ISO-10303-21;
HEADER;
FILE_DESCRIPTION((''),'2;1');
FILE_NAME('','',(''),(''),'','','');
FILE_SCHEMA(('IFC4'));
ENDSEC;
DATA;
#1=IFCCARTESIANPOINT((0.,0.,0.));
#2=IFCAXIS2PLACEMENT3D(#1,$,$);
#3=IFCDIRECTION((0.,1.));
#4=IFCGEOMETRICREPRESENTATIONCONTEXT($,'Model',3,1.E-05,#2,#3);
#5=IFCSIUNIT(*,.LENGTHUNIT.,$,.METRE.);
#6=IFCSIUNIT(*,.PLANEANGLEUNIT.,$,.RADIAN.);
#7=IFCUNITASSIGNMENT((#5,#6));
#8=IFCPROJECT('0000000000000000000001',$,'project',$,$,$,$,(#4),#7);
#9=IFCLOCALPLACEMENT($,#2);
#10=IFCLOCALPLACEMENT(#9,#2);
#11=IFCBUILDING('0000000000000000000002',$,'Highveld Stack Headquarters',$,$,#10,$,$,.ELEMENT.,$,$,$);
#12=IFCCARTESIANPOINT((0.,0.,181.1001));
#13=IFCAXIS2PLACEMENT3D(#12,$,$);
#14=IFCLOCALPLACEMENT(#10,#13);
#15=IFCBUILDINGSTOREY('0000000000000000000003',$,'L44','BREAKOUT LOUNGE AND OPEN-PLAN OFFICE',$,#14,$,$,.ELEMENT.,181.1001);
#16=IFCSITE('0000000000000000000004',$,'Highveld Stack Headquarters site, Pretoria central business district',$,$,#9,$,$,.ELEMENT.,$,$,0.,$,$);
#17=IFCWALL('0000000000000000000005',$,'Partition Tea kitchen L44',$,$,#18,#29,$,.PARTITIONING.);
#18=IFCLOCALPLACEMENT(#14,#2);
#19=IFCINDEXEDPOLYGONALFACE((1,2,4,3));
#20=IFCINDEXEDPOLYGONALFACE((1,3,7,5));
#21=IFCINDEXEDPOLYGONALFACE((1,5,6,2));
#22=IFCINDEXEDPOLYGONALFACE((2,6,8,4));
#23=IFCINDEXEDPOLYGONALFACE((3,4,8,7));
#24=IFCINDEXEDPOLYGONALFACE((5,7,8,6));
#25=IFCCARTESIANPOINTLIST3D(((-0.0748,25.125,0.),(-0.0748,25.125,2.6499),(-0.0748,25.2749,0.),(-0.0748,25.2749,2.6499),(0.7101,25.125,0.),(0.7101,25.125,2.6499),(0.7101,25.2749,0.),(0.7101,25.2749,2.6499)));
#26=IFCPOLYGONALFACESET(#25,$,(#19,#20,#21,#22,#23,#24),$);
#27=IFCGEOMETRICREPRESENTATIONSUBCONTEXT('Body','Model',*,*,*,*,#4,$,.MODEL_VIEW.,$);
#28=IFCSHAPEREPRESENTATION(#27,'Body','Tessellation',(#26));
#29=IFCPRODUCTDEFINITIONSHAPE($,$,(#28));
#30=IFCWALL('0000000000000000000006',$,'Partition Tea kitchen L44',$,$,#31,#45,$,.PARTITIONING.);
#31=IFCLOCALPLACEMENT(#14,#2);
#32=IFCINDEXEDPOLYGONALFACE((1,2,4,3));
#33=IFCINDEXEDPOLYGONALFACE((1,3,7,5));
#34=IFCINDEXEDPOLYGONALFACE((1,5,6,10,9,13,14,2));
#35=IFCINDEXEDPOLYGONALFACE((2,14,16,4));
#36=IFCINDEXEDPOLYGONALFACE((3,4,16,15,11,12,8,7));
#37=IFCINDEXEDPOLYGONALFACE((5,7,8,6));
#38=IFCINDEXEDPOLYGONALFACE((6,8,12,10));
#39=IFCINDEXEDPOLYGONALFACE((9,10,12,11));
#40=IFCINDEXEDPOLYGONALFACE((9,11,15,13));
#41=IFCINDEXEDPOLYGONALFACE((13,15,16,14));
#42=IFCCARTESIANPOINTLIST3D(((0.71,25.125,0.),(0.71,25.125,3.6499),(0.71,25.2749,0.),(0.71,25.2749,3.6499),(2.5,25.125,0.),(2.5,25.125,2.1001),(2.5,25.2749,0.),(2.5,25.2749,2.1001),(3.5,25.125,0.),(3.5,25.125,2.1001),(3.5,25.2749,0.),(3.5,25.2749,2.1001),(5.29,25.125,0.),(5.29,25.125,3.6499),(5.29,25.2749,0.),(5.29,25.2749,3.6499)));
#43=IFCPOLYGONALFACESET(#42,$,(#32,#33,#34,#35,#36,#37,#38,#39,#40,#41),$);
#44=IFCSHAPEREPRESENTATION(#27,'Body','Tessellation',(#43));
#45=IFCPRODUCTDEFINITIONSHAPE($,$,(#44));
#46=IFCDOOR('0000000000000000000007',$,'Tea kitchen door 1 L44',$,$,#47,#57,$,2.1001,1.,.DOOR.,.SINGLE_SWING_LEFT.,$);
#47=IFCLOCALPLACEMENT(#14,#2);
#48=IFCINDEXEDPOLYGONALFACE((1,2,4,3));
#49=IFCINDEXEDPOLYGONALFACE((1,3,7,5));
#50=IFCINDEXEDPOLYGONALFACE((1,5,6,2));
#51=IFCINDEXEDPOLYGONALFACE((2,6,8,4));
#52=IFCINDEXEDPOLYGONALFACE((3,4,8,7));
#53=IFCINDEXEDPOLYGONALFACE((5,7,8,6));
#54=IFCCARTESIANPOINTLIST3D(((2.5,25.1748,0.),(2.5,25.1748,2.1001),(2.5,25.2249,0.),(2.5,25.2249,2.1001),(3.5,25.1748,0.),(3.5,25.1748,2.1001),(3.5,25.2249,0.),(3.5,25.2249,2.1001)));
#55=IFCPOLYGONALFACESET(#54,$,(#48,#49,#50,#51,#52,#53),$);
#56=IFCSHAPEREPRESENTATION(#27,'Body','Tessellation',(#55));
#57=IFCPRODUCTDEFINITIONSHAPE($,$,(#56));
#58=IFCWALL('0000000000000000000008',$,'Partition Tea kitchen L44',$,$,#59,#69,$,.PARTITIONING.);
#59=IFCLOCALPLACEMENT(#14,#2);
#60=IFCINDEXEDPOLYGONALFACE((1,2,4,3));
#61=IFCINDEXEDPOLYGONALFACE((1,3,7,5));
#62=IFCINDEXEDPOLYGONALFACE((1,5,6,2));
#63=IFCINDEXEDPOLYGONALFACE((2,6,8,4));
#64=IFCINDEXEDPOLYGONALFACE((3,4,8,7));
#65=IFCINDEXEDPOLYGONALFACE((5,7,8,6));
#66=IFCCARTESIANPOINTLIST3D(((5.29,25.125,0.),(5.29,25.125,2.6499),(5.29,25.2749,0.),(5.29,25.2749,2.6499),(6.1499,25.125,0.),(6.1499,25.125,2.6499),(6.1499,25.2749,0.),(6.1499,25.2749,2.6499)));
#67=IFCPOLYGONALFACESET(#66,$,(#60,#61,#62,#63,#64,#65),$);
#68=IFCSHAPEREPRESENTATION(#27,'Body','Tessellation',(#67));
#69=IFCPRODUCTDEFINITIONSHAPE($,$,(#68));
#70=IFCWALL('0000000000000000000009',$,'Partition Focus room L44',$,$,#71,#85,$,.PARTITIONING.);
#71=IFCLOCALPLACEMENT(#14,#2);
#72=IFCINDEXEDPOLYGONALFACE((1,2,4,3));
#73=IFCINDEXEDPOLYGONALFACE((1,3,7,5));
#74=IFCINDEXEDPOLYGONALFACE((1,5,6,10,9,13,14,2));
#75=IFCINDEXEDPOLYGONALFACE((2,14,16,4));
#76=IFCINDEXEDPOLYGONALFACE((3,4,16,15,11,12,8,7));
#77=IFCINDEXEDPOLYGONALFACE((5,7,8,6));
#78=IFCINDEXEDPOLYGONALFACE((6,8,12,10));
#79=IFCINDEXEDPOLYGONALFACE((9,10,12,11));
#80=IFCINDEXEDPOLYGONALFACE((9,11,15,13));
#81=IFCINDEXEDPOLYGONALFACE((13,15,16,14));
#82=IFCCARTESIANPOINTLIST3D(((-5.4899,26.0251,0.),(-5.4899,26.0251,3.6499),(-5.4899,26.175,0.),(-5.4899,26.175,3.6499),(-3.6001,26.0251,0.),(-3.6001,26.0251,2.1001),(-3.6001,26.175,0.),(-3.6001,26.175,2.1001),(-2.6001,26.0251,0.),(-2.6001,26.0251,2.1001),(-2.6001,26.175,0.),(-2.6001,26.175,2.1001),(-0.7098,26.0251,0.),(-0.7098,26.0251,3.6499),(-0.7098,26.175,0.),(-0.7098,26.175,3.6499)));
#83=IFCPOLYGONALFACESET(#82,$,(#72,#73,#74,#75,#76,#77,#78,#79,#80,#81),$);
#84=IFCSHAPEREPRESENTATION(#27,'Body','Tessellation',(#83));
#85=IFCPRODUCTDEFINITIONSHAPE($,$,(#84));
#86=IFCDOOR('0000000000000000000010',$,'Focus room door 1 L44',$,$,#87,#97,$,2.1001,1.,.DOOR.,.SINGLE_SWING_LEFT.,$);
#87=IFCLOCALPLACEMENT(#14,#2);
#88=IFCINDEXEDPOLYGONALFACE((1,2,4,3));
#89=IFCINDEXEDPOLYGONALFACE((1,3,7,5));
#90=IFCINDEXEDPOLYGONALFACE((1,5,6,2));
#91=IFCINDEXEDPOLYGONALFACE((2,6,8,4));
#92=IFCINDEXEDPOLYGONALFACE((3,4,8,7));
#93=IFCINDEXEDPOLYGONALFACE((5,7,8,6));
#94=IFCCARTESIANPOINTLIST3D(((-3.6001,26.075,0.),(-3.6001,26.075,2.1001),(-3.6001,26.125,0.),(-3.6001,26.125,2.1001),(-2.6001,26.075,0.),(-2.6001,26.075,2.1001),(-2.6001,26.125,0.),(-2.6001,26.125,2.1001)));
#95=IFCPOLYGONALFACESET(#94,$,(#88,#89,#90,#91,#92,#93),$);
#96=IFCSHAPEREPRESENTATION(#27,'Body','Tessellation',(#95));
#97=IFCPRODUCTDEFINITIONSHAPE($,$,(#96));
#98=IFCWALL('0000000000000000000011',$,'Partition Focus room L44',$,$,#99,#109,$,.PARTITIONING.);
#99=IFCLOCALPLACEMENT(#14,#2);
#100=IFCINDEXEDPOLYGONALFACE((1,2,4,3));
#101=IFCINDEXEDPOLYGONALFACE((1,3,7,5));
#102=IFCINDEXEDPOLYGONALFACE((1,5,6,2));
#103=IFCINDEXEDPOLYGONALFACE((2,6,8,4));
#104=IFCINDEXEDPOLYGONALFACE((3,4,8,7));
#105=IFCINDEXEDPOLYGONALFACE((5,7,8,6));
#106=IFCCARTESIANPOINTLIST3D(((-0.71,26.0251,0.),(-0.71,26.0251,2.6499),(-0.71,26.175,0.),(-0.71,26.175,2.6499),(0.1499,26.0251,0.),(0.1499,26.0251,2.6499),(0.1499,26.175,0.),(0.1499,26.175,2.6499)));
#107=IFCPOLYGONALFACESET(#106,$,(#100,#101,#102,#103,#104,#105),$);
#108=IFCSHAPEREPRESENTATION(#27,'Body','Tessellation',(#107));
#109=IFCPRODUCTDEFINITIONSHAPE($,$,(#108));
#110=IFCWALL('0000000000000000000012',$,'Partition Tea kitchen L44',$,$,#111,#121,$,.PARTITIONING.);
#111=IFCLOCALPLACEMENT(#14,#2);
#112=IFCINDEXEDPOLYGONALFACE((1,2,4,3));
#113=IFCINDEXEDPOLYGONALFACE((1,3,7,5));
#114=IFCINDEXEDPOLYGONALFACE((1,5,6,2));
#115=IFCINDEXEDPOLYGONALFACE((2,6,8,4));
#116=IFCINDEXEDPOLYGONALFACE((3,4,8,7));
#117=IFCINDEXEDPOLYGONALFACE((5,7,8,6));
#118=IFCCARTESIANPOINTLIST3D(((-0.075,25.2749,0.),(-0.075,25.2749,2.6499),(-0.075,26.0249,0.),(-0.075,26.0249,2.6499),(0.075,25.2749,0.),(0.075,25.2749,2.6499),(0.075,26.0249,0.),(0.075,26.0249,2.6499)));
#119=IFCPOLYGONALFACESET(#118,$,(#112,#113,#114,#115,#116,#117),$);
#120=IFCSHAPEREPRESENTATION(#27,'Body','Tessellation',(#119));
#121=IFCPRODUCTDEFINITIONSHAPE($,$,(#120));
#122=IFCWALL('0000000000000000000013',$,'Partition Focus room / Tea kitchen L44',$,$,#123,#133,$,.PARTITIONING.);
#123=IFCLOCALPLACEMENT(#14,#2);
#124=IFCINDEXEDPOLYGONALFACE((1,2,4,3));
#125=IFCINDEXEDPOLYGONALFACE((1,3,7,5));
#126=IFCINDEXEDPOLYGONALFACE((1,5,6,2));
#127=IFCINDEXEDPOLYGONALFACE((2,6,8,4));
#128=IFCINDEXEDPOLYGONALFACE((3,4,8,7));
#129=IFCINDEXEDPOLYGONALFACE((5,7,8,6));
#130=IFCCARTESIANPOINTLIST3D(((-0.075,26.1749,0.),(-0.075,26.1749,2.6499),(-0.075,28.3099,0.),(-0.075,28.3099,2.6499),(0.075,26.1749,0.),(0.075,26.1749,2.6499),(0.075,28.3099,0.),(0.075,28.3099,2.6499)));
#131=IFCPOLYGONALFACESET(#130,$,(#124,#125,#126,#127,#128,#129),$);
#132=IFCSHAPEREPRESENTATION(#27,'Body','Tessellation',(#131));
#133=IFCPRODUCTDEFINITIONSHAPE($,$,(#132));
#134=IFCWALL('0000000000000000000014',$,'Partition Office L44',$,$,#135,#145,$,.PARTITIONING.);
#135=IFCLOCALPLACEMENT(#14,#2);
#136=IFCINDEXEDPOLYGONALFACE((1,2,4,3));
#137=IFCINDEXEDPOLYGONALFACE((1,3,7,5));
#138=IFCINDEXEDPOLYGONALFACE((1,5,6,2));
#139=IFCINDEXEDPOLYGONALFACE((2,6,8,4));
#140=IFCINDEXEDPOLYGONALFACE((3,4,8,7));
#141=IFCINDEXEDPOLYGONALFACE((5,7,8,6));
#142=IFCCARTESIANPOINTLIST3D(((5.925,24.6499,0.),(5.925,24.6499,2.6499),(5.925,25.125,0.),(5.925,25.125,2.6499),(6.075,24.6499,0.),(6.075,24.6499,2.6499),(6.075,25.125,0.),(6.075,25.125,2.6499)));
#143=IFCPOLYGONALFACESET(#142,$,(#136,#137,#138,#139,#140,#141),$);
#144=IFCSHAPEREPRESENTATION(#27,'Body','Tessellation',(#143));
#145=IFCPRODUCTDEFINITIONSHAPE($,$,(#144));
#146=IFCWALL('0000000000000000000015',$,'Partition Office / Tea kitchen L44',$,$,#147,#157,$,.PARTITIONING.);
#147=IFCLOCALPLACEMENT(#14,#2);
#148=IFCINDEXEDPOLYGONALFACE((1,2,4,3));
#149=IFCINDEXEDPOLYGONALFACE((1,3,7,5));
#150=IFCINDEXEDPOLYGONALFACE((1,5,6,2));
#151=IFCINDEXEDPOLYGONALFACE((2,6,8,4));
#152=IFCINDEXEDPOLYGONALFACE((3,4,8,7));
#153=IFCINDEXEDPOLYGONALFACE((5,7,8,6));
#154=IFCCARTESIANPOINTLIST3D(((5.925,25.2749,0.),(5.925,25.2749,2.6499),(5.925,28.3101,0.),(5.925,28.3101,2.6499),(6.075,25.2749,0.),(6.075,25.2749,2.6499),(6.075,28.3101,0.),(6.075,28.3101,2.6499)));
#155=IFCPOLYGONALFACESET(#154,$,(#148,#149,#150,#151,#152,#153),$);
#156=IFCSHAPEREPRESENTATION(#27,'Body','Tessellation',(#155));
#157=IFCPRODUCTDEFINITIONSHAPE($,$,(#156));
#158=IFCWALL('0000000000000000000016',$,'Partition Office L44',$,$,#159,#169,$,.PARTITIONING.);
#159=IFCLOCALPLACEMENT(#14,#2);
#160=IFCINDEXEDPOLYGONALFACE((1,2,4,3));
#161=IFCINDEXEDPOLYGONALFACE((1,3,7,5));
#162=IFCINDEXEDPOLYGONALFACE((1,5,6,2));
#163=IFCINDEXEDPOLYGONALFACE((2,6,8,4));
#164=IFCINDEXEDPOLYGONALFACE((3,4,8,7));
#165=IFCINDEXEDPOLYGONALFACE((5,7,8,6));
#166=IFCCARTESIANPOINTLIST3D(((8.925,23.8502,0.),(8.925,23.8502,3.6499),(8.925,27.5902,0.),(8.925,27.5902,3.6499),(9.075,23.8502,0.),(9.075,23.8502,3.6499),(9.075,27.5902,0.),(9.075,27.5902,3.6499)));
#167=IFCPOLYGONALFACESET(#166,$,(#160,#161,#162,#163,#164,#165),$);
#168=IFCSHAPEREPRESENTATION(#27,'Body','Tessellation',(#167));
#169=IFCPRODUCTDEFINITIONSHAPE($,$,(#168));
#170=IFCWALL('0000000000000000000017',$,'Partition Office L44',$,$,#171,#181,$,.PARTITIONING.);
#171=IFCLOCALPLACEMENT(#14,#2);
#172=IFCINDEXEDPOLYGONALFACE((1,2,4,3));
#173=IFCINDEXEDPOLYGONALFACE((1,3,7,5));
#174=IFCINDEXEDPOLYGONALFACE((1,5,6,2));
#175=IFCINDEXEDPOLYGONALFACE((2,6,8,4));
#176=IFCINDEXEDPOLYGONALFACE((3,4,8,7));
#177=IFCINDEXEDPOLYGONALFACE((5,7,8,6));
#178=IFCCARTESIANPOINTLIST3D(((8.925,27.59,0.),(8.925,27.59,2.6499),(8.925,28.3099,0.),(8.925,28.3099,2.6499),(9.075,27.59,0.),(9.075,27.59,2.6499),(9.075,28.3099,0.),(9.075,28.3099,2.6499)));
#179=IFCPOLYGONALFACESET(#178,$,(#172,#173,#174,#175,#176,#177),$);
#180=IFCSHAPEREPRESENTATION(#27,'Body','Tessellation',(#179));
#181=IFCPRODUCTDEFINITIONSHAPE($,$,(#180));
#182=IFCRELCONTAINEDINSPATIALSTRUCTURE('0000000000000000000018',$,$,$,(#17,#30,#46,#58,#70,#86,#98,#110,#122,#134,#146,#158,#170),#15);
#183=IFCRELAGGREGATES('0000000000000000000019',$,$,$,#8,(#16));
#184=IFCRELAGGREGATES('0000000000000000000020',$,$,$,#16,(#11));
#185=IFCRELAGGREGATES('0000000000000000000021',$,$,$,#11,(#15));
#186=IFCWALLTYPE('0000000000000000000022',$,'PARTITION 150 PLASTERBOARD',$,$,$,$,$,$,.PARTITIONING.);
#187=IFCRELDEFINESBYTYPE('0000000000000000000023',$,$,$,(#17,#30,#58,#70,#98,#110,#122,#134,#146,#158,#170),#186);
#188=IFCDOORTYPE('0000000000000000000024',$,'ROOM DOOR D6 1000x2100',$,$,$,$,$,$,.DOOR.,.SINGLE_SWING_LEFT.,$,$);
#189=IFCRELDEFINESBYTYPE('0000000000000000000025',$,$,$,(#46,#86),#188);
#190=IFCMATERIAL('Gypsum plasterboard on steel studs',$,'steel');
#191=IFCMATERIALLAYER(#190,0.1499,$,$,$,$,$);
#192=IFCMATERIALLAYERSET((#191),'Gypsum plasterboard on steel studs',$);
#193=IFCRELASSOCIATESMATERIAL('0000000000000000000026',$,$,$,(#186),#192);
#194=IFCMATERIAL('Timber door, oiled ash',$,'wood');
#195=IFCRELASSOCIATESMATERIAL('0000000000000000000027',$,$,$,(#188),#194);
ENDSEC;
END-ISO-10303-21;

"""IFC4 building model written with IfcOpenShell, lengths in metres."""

from ifc_helpers import new_model, si_unit, direction, frame, frame_2d, origin, place, context, subcontext, project, spatial, rectangle, extrude, material, layer, layer_set, type_object, element, fill, save


model = new_model("IFC4")

# Units and contexts
model_context = context("Model", 3, precision=1e-05, world=origin(), true_north=direction((0.0, 1.0)))
body_context = subcontext(model_context, "Body", "Model", "MODEL_VIEW")
ifc_project = project(units=[si_unit("LENGTHUNIT", "METRE"), si_unit("PLANEANGLEUNIT", "RADIAN")], contexts=[model_context])

# Site, building, storey
site_placement = place(None, origin())
site = spatial("IfcSite", under=ifc_project, at=site_placement, Name="Highveld Stack Headquarters site, Pretoria central business district", CompositionType="ELEMENT", RefElevation=0.0)
building_placement = place(site_placement, origin())
building = spatial("IfcBuilding", under=site, at=building_placement, Name="Highveld Stack Headquarters", CompositionType="ELEMENT")
storey_placement = place(building_placement, frame((0.0, 0.0, 181.1001)))
storey = spatial("IfcBuildingStorey", under=building, at=storey_placement, Name="L44", Description="BREAKOUT LOUNGE AND OPEN-PLAN OFFICE", CompositionType="ELEMENT", Elevation=181.1001)

# Shared definitions
ifc_material_1 = material(Name="Gypsum plasterboard on steel studs", Category="steel")
ifc_layer_1 = layer(ifc_material_1, 0.1499)
ifc_layer_set_1 = layer_set([ifc_layer_1], Name="Gypsum plasterboard on steel studs")
wall_type_1 = type_object("IfcWallType", Name="PARTITION 150 PLASTERBOARD", PredefinedType="PARTITIONING", material=ifc_layer_set_1)
ifc_material_2 = material(Name="Timber door, oiled ash", Category="wood")
door_type = type_object("IfcDoorType", Name="ROOM DOOR D6 1000x2100", OperationType="SINGLE_SWING_LEFT", PredefinedType="DOOR", material=ifc_material_2)

# Wall
wall_1_placement = place(storey_placement, frame((-0.075, 25.2, 0.0), z_axis=(0.0, 0.0, 1.0), x_axis=(1.0, 0.0, 0.0)))
element("IfcWall", 1, at=wall_1_placement, inside=storey, type_object=wall_type_1, Name="Partition Tea kitchen L44", PredefinedType="PARTITIONING", context=body_context, shape_type="SweptSolid", body=[
    extrude(rectangle(XDim=0.7849, YDim=0.1499, at=frame_2d((0.3926, 0.0))), origin(), (0.0, 0.0, 1.0), 2.6499),
])

# Wall, opening, door
wall_2_placement = place(storey_placement, frame((0.71, 25.2, 0.0), z_axis=(0.0, 0.0, 1.0), x_axis=(1.0, 0.0, 0.0)))
wall_2 = element("IfcWall", 2, at=wall_2_placement, inside=storey, type_object=wall_type_1, Name="Partition Tea kitchen L44", PredefinedType="PARTITIONING", context=body_context, shape_type="SweptSolid", body=[
    extrude(rectangle(XDim=4.5801, YDim=0.1499, at=frame_2d((2.29, 0.0))), origin(), (0.0, 0.0, 1.0), 3.6499),
])
opening_1_placement = place(wall_2_placement, frame((1.79, 0.0, 0.0)))
opening_1 = element("IfcOpeningElement", 3, at=opening_1_placement, cuts=wall_2, PredefinedType="OPENING", context=body_context, shape_type="SweptSolid", body=[
    extrude(rectangle(XDim=1.0, YDim=2.1001, at=frame_2d((0.5, 1.05))), frame((0.0, 0.085, 0.0), z_axis=(0.0, -1.0, 0.0), x_axis=(1.0, 0.0, 0.0)), (0.0, 0.0, 1.0), 0.1699),
])
door_1_placement = place(opening_1_placement, origin())
door_1 = element("IfcDoor", 4, at=door_1_placement, inside=storey, type_object=door_type, Name="Tea kitchen door 1 L44", OperationType="SINGLE_SWING_LEFT", OverallHeight=2.1001, OverallWidth=1.0, PredefinedType="DOOR", context=body_context, shape_type="SweptSolid", body=[
    extrude(rectangle(XDim=1.0, YDim=2.1001, at=frame_2d((0.5, 1.05))), frame((0.0, 0.0249, 0.0), z_axis=(0.0, -1.0, 0.0), x_axis=(1.0, 0.0, 0.0)), (0.0, 0.0, 1.0), 0.05),
])
fill(opening_1, door_1)

# Wall
wall_3_placement = place(storey_placement, frame((5.29, 25.2, 0.0), z_axis=(0.0, 0.0, 1.0), x_axis=(1.0, 0.0, 0.0)))
element("IfcWall", 5, at=wall_3_placement, inside=storey, type_object=wall_type_1, Name="Partition Tea kitchen L44", PredefinedType="PARTITIONING", context=body_context, shape_type="SweptSolid", body=[
    extrude(rectangle(XDim=0.8599, YDim=0.1499, at=frame_2d((0.4299, 0.0))), origin(), (0.0, 0.0, 1.0), 2.6499),
])

# Wall, opening, door
wall_4_placement = place(storey_placement, frame((-5.49, 26.1001, 0.0), z_axis=(0.0, 0.0, 1.0), x_axis=(1.0, 0.0, 0.0)))
wall_4 = element("IfcWall", 6, at=wall_4_placement, inside=storey, type_object=wall_type_1, Name="Partition Focus room L44", PredefinedType="PARTITIONING", context=body_context, shape_type="SweptSolid", body=[
    extrude(rectangle(XDim=4.78, YDim=0.1499, at=frame_2d((2.3901, 0.0))), origin(), (0.0, 0.0, 1.0), 3.6499),
])
opening_2_placement = place(wall_4_placement, frame((1.8899, 0.0, 0.0)))
opening_2 = element("IfcOpeningElement", 7, at=opening_2_placement, cuts=wall_4, PredefinedType="OPENING", context=body_context, shape_type="SweptSolid", body=[
    extrude(rectangle(XDim=1.0, YDim=2.1001, at=frame_2d((0.5, 1.05))), frame((0.0, 0.085, 0.0), z_axis=(0.0, -1.0, 0.0), x_axis=(1.0, 0.0, 0.0)), (0.0, 0.0, 1.0), 0.1699),
])
door_2_placement = place(opening_2_placement, origin())
door_2 = element("IfcDoor", 8, at=door_2_placement, inside=storey, type_object=door_type, Name="Focus room door 1 L44", OperationType="SINGLE_SWING_LEFT", OverallHeight=2.1001, OverallWidth=1.0, PredefinedType="DOOR", context=body_context, shape_type="SweptSolid", body=[
    extrude(rectangle(XDim=1.0, YDim=2.1001, at=frame_2d((0.5, 1.05))), frame((0.0, 0.0249, 0.0), z_axis=(0.0, -1.0, 0.0), x_axis=(1.0, 0.0, 0.0)), (0.0, 0.0, 1.0), 0.05),
])
fill(opening_2, door_2)

# Walls
wall_5_placement = place(storey_placement, frame((-0.71, 26.1001, 0.0), z_axis=(0.0, 0.0, 1.0), x_axis=(1.0, 0.0, 0.0)))
element("IfcWall", 9, at=wall_5_placement, inside=storey, type_object=wall_type_1, Name="Partition Focus room L44", PredefinedType="PARTITIONING", context=body_context, shape_type="SweptSolid", body=[
    extrude(rectangle(XDim=0.8599, YDim=0.1499, at=frame_2d((0.4299, 0.0))), origin(), (0.0, 0.0, 1.0), 2.6499),
])
wall_6_placement = place(storey_placement, frame((0.0, 25.2749, 0.0), z_axis=(0.0, 0.0, 1.0), x_axis=(0.0, 1.0, 0.0)))
element("IfcWall", 10, at=wall_6_placement, inside=storey, type_object=wall_type_1, Name="Partition Tea kitchen L44", PredefinedType="PARTITIONING", context=body_context, shape_type="SweptSolid", body=[
    extrude(rectangle(XDim=0.75, YDim=0.1499, at=frame_2d((0.375, 0.0))), origin(), (0.0, 0.0, 1.0), 2.6499),
])
wall_7_placement = place(storey_placement, frame((0.0, 26.175, 0.0), z_axis=(0.0, 0.0, 1.0), x_axis=(0.0, 1.0, 0.0)))
element("IfcWall", 11, at=wall_7_placement, inside=storey, type_object=wall_type_1, Name="Partition Focus room / Tea kitchen L44", PredefinedType="PARTITIONING", context=body_context, shape_type="SweptSolid", body=[
    extrude(rectangle(XDim=2.135, YDim=0.1499, at=frame_2d((1.0674, 0.0))), origin(), (0.0, 0.0, 1.0), 2.6499),
])
wall_8_placement = place(storey_placement, frame((6.0, 24.6499, 0.0), z_axis=(0.0, 0.0, 1.0), x_axis=(0.0, 1.0, 0.0)))
element("IfcWall", 12, at=wall_8_placement, inside=storey, type_object=wall_type_1, Name="Partition Office L44", PredefinedType="PARTITIONING", context=body_context, shape_type="SweptSolid", body=[
    extrude(rectangle(XDim=0.4751, YDim=0.1499, at=frame_2d((0.2375, 0.0))), origin(), (0.0, 0.0, 1.0), 2.6499),
])
wall_9_placement = place(storey_placement, frame((6.0, 25.2749, 0.0), z_axis=(0.0, 0.0, 1.0), x_axis=(0.0, 1.0, 0.0)))
element("IfcWall", 13, at=wall_9_placement, inside=storey, type_object=wall_type_1, Name="Partition Office / Tea kitchen L44", PredefinedType="PARTITIONING", context=body_context, shape_type="SweptSolid", body=[
    extrude(rectangle(XDim=3.0352, YDim=0.1499, at=frame_2d((1.5176, 0.0))), origin(), (0.0, 0.0, 1.0), 2.6499),
])
wall_10_placement = place(storey_placement, frame((9.0, 23.8501, 0.0), z_axis=(0.0, 0.0, 1.0), x_axis=(0.0, 1.0, 0.0)))
element("IfcWall", 14, at=wall_10_placement, inside=storey, type_object=wall_type_1, Name="Partition Office L44", PredefinedType="PARTITIONING", context=body_context, shape_type="SweptSolid", body=[
    extrude(rectangle(XDim=3.74, YDim=0.1499, at=frame_2d((1.8701, 0.0))), origin(), (0.0, 0.0, 1.0), 3.6499),
])
wall_11_placement = place(storey_placement, frame((9.0, 27.5901, 0.0), z_axis=(0.0, 0.0, 1.0), x_axis=(0.0, 1.0, 0.0)))
element("IfcWall", 15, at=wall_11_placement, inside=storey, type_object=wall_type_1, Name="Partition Office L44", PredefinedType="PARTITIONING", context=body_context, shape_type="SweptSolid", body=[
    extrude(rectangle(XDim=0.72, YDim=0.1499, at=frame_2d((0.3599, 0.0))), origin(), (0.0, 0.0, 1.0), 2.6499),
])

save(model, "model.ifc")
